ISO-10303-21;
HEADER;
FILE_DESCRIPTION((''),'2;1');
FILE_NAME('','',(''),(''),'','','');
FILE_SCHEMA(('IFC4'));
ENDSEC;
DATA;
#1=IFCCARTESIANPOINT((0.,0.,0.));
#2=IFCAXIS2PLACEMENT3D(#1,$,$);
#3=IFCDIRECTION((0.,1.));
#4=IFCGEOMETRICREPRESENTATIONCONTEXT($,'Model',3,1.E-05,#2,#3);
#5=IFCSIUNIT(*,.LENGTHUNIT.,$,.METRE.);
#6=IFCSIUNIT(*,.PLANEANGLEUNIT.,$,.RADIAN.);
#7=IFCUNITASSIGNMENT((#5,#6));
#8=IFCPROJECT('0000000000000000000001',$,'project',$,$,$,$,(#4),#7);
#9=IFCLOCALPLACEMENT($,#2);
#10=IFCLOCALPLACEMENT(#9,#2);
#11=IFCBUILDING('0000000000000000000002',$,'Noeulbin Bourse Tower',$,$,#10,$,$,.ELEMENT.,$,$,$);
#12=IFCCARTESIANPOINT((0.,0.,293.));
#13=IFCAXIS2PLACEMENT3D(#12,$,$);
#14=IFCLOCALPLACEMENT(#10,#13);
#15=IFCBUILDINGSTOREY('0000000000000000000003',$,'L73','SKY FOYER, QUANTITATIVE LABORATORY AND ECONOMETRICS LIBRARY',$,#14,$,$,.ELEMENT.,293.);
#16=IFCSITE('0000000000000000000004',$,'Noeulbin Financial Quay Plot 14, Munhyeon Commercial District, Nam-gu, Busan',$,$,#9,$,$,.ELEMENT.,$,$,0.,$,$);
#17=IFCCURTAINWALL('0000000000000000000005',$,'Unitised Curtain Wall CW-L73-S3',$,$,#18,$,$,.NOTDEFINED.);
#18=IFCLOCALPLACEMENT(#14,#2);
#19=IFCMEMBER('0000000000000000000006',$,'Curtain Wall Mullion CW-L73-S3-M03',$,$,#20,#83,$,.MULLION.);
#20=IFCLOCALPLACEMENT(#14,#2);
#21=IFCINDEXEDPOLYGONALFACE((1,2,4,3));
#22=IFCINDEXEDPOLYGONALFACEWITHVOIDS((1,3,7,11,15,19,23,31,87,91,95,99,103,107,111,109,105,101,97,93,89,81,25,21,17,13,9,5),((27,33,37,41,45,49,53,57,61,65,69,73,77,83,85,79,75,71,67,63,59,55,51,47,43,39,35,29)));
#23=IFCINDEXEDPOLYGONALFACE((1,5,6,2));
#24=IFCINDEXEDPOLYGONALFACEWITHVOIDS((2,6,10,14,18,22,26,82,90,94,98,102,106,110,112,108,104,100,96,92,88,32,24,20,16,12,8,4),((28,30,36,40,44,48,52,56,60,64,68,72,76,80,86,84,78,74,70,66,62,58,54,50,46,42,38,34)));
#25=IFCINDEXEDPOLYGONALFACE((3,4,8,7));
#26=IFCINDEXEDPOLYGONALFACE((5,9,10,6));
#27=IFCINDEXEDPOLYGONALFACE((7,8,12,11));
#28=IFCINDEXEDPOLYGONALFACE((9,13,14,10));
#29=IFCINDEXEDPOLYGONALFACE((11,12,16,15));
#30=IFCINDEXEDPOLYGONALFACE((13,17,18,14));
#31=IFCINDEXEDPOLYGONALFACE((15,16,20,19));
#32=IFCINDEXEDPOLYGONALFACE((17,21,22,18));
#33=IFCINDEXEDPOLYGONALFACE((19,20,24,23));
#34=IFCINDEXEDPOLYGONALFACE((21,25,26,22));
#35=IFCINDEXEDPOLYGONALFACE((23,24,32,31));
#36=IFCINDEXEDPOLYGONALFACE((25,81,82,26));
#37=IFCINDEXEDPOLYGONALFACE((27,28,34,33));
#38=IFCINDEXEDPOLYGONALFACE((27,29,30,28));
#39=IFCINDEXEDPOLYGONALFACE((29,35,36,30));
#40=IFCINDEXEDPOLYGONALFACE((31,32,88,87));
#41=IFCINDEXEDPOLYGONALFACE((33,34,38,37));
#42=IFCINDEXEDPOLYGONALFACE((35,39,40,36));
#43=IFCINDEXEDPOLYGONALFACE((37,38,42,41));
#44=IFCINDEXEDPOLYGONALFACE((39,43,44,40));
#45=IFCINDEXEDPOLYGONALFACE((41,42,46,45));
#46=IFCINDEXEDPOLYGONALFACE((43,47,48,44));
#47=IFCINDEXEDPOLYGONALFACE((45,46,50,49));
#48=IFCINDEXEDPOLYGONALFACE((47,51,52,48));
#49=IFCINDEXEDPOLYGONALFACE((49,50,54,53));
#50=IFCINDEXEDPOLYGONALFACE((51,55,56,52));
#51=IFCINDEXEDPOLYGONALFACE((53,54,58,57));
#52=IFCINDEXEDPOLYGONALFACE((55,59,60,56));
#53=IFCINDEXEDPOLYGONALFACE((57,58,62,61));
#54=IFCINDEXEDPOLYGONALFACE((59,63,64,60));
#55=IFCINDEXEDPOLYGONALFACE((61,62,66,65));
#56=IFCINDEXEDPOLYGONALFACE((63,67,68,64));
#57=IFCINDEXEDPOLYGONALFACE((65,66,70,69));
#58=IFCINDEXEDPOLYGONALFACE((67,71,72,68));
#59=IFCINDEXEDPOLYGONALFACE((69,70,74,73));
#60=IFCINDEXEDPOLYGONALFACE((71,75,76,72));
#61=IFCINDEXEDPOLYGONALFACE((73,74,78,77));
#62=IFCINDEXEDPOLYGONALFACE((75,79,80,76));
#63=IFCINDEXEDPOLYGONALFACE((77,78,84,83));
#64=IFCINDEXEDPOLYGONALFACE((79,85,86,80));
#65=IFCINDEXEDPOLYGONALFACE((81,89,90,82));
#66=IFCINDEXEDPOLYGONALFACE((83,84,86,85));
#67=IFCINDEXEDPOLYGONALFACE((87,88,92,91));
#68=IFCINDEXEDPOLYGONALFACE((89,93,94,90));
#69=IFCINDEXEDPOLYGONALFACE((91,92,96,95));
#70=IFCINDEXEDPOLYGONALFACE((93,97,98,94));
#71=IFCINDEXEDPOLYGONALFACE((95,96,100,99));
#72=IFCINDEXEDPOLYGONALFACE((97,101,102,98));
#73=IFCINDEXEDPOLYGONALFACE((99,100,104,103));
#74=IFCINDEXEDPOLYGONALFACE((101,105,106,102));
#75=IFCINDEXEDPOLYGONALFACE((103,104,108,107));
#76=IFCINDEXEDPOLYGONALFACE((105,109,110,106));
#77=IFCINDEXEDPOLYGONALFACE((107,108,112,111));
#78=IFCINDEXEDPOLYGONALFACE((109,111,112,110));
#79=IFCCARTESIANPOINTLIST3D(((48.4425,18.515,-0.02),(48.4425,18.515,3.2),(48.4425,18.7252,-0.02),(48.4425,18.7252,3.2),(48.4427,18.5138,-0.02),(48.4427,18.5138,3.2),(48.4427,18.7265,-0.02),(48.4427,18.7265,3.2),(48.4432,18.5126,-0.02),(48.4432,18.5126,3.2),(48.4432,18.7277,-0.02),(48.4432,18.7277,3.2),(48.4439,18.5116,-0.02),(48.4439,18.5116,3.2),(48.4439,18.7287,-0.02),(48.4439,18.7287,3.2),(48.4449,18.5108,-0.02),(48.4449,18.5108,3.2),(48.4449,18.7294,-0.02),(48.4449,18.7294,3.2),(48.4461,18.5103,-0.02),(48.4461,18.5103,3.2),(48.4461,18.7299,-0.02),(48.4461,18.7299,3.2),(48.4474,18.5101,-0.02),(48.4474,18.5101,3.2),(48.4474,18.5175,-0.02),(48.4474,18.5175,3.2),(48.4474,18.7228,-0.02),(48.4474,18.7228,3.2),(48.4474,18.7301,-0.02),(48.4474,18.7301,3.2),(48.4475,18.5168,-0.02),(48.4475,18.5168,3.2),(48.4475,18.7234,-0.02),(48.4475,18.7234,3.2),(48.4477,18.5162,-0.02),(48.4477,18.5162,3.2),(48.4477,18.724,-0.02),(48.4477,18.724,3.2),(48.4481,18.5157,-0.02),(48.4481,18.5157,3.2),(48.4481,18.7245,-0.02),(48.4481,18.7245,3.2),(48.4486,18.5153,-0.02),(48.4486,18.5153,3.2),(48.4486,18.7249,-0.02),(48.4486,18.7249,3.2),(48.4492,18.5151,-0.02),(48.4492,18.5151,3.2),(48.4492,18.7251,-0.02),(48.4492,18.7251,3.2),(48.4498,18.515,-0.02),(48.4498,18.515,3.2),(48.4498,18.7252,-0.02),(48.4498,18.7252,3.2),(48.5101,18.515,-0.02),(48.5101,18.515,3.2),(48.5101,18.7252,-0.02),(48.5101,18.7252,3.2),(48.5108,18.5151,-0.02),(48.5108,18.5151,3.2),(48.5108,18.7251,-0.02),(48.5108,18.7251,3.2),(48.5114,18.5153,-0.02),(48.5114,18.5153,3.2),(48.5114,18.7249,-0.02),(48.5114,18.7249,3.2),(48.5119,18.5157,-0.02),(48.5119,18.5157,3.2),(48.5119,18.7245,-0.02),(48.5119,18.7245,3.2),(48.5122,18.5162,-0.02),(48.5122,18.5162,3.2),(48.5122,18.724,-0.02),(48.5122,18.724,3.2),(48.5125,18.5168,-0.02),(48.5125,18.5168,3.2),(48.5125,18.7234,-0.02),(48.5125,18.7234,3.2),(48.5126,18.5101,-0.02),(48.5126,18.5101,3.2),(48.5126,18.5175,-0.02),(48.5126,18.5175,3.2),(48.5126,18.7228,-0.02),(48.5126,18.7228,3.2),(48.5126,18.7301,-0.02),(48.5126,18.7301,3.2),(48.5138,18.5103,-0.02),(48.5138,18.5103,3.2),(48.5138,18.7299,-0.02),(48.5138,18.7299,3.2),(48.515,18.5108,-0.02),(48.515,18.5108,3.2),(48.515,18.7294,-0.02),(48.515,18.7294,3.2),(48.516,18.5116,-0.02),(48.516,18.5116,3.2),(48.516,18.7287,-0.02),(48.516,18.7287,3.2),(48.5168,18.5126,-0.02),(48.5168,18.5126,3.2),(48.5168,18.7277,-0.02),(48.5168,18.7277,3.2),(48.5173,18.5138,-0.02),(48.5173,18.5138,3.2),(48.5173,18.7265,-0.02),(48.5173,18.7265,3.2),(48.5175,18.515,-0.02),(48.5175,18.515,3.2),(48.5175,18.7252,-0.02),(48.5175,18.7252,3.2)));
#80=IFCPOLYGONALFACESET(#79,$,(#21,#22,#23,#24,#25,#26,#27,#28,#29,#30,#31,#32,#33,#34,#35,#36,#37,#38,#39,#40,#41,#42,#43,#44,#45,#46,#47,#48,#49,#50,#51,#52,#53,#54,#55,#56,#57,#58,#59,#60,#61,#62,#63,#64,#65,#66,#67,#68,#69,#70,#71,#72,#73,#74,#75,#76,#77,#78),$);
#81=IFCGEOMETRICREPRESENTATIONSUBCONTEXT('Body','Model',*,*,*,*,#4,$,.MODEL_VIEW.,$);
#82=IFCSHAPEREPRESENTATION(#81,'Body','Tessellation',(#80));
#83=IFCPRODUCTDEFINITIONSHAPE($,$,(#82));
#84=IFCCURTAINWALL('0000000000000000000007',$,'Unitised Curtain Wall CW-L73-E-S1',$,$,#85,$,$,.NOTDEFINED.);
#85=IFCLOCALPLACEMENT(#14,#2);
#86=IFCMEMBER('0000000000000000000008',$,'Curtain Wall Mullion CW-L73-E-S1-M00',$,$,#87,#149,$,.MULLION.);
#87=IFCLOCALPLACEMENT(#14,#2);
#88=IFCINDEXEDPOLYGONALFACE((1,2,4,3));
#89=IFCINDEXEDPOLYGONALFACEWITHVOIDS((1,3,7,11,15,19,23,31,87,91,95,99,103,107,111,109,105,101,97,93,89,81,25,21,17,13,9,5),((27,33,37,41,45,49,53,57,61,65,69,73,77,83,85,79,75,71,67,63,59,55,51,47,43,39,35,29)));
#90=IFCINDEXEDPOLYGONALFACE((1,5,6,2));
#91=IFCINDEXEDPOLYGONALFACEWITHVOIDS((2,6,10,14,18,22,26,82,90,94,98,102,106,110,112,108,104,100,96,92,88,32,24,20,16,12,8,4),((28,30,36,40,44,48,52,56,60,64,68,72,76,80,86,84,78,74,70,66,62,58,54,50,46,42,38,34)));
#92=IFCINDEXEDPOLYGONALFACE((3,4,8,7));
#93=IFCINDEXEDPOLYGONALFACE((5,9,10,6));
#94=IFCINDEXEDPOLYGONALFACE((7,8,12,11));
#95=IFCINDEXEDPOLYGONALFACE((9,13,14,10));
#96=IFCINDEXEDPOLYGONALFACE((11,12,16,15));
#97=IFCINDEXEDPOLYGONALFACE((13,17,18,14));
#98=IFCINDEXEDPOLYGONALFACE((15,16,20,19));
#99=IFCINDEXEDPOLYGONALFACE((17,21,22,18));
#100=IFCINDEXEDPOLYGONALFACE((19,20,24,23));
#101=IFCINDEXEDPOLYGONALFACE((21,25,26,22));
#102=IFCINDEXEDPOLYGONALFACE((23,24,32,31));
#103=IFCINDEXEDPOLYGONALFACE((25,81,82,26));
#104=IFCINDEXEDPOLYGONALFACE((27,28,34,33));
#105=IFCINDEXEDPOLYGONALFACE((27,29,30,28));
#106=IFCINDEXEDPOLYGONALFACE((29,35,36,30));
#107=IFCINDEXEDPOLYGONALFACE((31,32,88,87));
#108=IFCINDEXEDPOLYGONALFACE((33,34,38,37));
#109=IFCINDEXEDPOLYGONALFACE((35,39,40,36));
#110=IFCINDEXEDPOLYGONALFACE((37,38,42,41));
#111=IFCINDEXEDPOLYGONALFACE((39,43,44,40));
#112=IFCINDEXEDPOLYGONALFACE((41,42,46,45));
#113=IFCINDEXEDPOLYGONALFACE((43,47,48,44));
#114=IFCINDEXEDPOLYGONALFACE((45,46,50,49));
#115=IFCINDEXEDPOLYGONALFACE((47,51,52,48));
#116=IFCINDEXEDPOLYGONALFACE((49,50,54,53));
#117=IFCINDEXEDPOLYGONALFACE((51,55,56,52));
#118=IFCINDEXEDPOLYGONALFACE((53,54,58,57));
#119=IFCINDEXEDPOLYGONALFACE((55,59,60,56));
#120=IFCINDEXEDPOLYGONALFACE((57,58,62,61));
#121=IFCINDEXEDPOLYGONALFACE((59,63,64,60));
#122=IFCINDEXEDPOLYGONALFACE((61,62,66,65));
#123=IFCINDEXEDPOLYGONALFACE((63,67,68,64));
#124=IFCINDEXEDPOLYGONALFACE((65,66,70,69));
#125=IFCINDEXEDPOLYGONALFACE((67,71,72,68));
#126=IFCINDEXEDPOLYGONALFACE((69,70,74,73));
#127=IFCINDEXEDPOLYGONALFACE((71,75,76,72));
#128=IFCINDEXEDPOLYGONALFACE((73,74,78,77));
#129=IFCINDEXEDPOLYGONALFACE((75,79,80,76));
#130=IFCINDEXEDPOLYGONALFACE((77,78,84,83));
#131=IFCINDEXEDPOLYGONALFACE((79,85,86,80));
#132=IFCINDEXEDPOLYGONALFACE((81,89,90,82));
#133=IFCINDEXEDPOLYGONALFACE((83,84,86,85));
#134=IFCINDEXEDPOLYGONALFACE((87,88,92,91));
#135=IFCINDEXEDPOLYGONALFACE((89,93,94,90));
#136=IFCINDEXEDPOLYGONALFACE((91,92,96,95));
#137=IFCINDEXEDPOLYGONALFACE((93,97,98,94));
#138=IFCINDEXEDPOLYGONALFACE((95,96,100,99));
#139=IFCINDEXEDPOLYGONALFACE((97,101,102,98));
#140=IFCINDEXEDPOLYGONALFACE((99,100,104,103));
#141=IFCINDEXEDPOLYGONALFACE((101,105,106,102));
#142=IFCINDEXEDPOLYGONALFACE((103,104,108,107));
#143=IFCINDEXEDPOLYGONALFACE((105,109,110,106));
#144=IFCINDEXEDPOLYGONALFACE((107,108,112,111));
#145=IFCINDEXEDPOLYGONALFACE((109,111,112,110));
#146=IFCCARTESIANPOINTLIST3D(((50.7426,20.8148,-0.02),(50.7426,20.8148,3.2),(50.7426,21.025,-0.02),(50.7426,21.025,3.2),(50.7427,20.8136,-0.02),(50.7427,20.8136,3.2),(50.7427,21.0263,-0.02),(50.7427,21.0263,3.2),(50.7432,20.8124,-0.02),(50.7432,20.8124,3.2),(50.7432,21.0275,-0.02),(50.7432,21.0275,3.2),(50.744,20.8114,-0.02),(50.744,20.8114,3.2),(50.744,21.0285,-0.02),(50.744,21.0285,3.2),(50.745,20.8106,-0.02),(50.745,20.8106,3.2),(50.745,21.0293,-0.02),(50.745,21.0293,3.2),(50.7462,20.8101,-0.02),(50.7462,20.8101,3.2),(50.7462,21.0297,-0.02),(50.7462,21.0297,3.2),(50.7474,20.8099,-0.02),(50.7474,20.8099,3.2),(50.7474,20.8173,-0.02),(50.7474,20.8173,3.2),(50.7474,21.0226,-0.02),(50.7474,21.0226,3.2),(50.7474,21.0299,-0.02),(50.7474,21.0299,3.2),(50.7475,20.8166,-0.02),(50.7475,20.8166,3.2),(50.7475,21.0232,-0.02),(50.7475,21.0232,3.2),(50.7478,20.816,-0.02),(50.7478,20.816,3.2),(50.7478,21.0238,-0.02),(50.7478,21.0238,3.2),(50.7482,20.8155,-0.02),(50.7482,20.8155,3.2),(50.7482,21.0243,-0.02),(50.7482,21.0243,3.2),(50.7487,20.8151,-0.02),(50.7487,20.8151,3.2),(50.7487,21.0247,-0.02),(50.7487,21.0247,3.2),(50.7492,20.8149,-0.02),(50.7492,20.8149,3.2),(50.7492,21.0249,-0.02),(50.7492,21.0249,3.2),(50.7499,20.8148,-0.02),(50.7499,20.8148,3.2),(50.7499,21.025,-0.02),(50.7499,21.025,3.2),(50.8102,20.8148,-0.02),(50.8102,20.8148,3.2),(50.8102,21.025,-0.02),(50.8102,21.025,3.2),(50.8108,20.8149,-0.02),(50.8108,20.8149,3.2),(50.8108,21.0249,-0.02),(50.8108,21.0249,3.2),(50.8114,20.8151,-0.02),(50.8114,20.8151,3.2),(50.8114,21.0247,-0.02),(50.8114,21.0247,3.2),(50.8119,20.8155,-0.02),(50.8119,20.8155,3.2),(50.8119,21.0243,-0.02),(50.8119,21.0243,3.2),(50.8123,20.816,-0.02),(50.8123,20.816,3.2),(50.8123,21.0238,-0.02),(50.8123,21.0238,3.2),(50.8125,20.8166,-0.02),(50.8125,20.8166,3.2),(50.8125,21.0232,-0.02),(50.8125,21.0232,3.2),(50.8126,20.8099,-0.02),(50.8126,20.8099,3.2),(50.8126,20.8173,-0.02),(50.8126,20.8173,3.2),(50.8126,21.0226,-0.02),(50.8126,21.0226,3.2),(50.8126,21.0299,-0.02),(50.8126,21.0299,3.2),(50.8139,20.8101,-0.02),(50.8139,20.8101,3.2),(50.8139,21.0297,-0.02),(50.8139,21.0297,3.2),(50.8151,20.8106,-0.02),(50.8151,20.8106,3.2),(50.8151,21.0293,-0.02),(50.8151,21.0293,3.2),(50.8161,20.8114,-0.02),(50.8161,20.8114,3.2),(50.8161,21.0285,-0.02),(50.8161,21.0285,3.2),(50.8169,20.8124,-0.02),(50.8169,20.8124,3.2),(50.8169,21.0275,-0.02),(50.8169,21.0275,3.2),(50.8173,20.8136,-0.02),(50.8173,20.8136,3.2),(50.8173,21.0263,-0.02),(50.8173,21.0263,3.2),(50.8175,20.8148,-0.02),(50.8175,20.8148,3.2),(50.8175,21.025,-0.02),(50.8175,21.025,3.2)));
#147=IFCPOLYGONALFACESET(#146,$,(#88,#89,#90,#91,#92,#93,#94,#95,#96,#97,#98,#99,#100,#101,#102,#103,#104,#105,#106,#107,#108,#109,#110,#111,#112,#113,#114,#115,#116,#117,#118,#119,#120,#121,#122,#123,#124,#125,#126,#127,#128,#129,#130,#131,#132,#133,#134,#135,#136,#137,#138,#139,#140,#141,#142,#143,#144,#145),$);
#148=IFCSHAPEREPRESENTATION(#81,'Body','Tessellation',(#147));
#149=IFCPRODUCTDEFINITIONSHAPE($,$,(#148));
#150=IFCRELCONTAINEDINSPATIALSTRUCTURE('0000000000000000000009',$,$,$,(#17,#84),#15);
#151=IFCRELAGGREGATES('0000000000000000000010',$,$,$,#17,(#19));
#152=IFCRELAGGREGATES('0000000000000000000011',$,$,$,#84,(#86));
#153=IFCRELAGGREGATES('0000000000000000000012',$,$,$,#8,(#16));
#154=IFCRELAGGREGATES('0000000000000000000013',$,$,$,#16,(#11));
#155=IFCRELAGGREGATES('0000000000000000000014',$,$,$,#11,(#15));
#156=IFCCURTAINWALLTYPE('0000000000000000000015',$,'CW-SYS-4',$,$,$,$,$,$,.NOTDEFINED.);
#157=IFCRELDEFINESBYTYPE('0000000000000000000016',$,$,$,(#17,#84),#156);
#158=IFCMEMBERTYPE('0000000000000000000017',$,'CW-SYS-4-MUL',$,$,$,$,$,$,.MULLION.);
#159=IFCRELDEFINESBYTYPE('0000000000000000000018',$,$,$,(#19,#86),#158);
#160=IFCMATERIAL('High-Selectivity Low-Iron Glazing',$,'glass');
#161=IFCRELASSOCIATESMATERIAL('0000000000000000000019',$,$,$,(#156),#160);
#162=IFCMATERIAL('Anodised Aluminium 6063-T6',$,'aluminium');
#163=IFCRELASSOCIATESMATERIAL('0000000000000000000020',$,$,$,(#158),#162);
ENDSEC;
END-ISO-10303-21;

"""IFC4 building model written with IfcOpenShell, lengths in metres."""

from ifc_helpers import new_model, si_unit, direction, frame, origin, origin_2d, place, context, subcontext, project, spatial, hollow_rectangle, extrude, material, material_profile, profile_set, type_object, element, aggregate, save


model = new_model("IFC4")

# Units and contexts
model_context = context("Model", 3, precision=1e-05, world=origin(), true_north=direction((0.0, 1.0)))
body_context = subcontext(model_context, "Body", "Model", "MODEL_VIEW")
ifc_project = project(units=[si_unit("LENGTHUNIT", "METRE"), si_unit("PLANEANGLEUNIT", "RADIAN")], contexts=[model_context])

# Site, building, storey
site_placement = place(None, origin())
site = spatial("IfcSite", under=ifc_project, at=site_placement, Name="Noeulbin Financial Quay Plot 14, Munhyeon Commercial District, Nam-gu, Busan", CompositionType="ELEMENT", RefElevation=0.0)
building_placement = place(site_placement, origin())
building = spatial("IfcBuilding", under=site, at=building_placement, Name="Noeulbin Bourse Tower", CompositionType="ELEMENT")
storey_placement = place(building_placement, frame((0.0, 0.0, 293.0)))
storey = spatial("IfcBuildingStorey", under=building, at=storey_placement, Name="L73", Description="SKY FOYER, QUANTITATIVE LABORATORY AND ECONOMETRICS LIBRARY", CompositionType="ELEMENT", Elevation=293.0)

# Curtain walls, members
ifc_material_1 = material(Name="High-Selectivity Low-Iron Glazing", Category="glass")
curtain_wall_type = type_object("IfcCurtainWallType", Name="CW-SYS-4", PredefinedType="NOTDEFINED", material=ifc_material_1)
curtain_wall_1_placement = place(storey_placement, origin())
curtain_wall_1 = element("IfcCurtainWall", 1, at=curtain_wall_1_placement, inside=storey, type_object=curtain_wall_type, Name="Unitised Curtain Wall CW-L73-S3", PredefinedType="NOTDEFINED")
ifc_material_2 = material(Name="Anodised Aluminium 6063-T6", Category="aluminium")
ifc_material_profile_1 = material_profile(ifc_material_2, hollow_rectangle(XDim=0.075, YDim=0.22, WallThickness=0.0049, InnerFilletRadius=0.0024, OuterFilletRadius=0.0049, at=origin_2d()), Name="ALU-MULL-75x220x5", Category="LoadBearing")
ifc_profile_set_1 = profile_set([ifc_material_profile_1], Name="Anodised Aluminium 6063-T6")
member_type_1 = type_object("IfcMemberType", Name="CW-SYS-4-MUL", PredefinedType="MULLION", material=ifc_profile_set_1)
member_1_placement = place(storey_placement, frame((48.48, 18.6201, -0.02), z_axis=(0.0, 0.0, 1.0), x_axis=(1.0, 0.0, 0.0)))
member_1 = element("IfcMember", 2, at=member_1_placement, type_object=member_type_1, Name="Curtain Wall Mullion CW-L73-S3-M03", PredefinedType="MULLION", context=body_context, shape_type="SweptSolid", body=[
    extrude(hollow_rectangle(XDim=0.075, YDim=0.22, WallThickness=0.0049, InnerFilletRadius=0.0024, OuterFilletRadius=0.0049, at=origin_2d()), origin(), (0.0, 0.0, 1.0), 3.22),
])
curtain_wall_2_placement = place(storey_placement, origin())
curtain_wall_2 = element("IfcCurtainWall", 3, at=curtain_wall_2_placement, inside=storey, type_object=curtain_wall_type, Name="Unitised Curtain Wall CW-L73-E-S1", PredefinedType="NOTDEFINED")
member_2_placement = place(storey_placement, frame((50.78, 20.9199, -0.02), z_axis=(0.0, 0.0, 1.0), x_axis=(1.0, 0.0, 0.0)))
member_2 = element("IfcMember", 4, at=member_2_placement, type_object=member_type_1, Name="Curtain Wall Mullion CW-L73-E-S1-M00", PredefinedType="MULLION", context=body_context, shape_type="SweptSolid", body=[
    extrude(hollow_rectangle(XDim=0.075, YDim=0.22, WallThickness=0.0049, InnerFilletRadius=0.0024, OuterFilletRadius=0.0049, at=origin_2d()), origin(), (0.0, 0.0, 1.0), 3.22),
])

aggregate(curtain_wall_1, [member_1])
aggregate(curtain_wall_2, [member_2])

save(model, "model.ifc")
